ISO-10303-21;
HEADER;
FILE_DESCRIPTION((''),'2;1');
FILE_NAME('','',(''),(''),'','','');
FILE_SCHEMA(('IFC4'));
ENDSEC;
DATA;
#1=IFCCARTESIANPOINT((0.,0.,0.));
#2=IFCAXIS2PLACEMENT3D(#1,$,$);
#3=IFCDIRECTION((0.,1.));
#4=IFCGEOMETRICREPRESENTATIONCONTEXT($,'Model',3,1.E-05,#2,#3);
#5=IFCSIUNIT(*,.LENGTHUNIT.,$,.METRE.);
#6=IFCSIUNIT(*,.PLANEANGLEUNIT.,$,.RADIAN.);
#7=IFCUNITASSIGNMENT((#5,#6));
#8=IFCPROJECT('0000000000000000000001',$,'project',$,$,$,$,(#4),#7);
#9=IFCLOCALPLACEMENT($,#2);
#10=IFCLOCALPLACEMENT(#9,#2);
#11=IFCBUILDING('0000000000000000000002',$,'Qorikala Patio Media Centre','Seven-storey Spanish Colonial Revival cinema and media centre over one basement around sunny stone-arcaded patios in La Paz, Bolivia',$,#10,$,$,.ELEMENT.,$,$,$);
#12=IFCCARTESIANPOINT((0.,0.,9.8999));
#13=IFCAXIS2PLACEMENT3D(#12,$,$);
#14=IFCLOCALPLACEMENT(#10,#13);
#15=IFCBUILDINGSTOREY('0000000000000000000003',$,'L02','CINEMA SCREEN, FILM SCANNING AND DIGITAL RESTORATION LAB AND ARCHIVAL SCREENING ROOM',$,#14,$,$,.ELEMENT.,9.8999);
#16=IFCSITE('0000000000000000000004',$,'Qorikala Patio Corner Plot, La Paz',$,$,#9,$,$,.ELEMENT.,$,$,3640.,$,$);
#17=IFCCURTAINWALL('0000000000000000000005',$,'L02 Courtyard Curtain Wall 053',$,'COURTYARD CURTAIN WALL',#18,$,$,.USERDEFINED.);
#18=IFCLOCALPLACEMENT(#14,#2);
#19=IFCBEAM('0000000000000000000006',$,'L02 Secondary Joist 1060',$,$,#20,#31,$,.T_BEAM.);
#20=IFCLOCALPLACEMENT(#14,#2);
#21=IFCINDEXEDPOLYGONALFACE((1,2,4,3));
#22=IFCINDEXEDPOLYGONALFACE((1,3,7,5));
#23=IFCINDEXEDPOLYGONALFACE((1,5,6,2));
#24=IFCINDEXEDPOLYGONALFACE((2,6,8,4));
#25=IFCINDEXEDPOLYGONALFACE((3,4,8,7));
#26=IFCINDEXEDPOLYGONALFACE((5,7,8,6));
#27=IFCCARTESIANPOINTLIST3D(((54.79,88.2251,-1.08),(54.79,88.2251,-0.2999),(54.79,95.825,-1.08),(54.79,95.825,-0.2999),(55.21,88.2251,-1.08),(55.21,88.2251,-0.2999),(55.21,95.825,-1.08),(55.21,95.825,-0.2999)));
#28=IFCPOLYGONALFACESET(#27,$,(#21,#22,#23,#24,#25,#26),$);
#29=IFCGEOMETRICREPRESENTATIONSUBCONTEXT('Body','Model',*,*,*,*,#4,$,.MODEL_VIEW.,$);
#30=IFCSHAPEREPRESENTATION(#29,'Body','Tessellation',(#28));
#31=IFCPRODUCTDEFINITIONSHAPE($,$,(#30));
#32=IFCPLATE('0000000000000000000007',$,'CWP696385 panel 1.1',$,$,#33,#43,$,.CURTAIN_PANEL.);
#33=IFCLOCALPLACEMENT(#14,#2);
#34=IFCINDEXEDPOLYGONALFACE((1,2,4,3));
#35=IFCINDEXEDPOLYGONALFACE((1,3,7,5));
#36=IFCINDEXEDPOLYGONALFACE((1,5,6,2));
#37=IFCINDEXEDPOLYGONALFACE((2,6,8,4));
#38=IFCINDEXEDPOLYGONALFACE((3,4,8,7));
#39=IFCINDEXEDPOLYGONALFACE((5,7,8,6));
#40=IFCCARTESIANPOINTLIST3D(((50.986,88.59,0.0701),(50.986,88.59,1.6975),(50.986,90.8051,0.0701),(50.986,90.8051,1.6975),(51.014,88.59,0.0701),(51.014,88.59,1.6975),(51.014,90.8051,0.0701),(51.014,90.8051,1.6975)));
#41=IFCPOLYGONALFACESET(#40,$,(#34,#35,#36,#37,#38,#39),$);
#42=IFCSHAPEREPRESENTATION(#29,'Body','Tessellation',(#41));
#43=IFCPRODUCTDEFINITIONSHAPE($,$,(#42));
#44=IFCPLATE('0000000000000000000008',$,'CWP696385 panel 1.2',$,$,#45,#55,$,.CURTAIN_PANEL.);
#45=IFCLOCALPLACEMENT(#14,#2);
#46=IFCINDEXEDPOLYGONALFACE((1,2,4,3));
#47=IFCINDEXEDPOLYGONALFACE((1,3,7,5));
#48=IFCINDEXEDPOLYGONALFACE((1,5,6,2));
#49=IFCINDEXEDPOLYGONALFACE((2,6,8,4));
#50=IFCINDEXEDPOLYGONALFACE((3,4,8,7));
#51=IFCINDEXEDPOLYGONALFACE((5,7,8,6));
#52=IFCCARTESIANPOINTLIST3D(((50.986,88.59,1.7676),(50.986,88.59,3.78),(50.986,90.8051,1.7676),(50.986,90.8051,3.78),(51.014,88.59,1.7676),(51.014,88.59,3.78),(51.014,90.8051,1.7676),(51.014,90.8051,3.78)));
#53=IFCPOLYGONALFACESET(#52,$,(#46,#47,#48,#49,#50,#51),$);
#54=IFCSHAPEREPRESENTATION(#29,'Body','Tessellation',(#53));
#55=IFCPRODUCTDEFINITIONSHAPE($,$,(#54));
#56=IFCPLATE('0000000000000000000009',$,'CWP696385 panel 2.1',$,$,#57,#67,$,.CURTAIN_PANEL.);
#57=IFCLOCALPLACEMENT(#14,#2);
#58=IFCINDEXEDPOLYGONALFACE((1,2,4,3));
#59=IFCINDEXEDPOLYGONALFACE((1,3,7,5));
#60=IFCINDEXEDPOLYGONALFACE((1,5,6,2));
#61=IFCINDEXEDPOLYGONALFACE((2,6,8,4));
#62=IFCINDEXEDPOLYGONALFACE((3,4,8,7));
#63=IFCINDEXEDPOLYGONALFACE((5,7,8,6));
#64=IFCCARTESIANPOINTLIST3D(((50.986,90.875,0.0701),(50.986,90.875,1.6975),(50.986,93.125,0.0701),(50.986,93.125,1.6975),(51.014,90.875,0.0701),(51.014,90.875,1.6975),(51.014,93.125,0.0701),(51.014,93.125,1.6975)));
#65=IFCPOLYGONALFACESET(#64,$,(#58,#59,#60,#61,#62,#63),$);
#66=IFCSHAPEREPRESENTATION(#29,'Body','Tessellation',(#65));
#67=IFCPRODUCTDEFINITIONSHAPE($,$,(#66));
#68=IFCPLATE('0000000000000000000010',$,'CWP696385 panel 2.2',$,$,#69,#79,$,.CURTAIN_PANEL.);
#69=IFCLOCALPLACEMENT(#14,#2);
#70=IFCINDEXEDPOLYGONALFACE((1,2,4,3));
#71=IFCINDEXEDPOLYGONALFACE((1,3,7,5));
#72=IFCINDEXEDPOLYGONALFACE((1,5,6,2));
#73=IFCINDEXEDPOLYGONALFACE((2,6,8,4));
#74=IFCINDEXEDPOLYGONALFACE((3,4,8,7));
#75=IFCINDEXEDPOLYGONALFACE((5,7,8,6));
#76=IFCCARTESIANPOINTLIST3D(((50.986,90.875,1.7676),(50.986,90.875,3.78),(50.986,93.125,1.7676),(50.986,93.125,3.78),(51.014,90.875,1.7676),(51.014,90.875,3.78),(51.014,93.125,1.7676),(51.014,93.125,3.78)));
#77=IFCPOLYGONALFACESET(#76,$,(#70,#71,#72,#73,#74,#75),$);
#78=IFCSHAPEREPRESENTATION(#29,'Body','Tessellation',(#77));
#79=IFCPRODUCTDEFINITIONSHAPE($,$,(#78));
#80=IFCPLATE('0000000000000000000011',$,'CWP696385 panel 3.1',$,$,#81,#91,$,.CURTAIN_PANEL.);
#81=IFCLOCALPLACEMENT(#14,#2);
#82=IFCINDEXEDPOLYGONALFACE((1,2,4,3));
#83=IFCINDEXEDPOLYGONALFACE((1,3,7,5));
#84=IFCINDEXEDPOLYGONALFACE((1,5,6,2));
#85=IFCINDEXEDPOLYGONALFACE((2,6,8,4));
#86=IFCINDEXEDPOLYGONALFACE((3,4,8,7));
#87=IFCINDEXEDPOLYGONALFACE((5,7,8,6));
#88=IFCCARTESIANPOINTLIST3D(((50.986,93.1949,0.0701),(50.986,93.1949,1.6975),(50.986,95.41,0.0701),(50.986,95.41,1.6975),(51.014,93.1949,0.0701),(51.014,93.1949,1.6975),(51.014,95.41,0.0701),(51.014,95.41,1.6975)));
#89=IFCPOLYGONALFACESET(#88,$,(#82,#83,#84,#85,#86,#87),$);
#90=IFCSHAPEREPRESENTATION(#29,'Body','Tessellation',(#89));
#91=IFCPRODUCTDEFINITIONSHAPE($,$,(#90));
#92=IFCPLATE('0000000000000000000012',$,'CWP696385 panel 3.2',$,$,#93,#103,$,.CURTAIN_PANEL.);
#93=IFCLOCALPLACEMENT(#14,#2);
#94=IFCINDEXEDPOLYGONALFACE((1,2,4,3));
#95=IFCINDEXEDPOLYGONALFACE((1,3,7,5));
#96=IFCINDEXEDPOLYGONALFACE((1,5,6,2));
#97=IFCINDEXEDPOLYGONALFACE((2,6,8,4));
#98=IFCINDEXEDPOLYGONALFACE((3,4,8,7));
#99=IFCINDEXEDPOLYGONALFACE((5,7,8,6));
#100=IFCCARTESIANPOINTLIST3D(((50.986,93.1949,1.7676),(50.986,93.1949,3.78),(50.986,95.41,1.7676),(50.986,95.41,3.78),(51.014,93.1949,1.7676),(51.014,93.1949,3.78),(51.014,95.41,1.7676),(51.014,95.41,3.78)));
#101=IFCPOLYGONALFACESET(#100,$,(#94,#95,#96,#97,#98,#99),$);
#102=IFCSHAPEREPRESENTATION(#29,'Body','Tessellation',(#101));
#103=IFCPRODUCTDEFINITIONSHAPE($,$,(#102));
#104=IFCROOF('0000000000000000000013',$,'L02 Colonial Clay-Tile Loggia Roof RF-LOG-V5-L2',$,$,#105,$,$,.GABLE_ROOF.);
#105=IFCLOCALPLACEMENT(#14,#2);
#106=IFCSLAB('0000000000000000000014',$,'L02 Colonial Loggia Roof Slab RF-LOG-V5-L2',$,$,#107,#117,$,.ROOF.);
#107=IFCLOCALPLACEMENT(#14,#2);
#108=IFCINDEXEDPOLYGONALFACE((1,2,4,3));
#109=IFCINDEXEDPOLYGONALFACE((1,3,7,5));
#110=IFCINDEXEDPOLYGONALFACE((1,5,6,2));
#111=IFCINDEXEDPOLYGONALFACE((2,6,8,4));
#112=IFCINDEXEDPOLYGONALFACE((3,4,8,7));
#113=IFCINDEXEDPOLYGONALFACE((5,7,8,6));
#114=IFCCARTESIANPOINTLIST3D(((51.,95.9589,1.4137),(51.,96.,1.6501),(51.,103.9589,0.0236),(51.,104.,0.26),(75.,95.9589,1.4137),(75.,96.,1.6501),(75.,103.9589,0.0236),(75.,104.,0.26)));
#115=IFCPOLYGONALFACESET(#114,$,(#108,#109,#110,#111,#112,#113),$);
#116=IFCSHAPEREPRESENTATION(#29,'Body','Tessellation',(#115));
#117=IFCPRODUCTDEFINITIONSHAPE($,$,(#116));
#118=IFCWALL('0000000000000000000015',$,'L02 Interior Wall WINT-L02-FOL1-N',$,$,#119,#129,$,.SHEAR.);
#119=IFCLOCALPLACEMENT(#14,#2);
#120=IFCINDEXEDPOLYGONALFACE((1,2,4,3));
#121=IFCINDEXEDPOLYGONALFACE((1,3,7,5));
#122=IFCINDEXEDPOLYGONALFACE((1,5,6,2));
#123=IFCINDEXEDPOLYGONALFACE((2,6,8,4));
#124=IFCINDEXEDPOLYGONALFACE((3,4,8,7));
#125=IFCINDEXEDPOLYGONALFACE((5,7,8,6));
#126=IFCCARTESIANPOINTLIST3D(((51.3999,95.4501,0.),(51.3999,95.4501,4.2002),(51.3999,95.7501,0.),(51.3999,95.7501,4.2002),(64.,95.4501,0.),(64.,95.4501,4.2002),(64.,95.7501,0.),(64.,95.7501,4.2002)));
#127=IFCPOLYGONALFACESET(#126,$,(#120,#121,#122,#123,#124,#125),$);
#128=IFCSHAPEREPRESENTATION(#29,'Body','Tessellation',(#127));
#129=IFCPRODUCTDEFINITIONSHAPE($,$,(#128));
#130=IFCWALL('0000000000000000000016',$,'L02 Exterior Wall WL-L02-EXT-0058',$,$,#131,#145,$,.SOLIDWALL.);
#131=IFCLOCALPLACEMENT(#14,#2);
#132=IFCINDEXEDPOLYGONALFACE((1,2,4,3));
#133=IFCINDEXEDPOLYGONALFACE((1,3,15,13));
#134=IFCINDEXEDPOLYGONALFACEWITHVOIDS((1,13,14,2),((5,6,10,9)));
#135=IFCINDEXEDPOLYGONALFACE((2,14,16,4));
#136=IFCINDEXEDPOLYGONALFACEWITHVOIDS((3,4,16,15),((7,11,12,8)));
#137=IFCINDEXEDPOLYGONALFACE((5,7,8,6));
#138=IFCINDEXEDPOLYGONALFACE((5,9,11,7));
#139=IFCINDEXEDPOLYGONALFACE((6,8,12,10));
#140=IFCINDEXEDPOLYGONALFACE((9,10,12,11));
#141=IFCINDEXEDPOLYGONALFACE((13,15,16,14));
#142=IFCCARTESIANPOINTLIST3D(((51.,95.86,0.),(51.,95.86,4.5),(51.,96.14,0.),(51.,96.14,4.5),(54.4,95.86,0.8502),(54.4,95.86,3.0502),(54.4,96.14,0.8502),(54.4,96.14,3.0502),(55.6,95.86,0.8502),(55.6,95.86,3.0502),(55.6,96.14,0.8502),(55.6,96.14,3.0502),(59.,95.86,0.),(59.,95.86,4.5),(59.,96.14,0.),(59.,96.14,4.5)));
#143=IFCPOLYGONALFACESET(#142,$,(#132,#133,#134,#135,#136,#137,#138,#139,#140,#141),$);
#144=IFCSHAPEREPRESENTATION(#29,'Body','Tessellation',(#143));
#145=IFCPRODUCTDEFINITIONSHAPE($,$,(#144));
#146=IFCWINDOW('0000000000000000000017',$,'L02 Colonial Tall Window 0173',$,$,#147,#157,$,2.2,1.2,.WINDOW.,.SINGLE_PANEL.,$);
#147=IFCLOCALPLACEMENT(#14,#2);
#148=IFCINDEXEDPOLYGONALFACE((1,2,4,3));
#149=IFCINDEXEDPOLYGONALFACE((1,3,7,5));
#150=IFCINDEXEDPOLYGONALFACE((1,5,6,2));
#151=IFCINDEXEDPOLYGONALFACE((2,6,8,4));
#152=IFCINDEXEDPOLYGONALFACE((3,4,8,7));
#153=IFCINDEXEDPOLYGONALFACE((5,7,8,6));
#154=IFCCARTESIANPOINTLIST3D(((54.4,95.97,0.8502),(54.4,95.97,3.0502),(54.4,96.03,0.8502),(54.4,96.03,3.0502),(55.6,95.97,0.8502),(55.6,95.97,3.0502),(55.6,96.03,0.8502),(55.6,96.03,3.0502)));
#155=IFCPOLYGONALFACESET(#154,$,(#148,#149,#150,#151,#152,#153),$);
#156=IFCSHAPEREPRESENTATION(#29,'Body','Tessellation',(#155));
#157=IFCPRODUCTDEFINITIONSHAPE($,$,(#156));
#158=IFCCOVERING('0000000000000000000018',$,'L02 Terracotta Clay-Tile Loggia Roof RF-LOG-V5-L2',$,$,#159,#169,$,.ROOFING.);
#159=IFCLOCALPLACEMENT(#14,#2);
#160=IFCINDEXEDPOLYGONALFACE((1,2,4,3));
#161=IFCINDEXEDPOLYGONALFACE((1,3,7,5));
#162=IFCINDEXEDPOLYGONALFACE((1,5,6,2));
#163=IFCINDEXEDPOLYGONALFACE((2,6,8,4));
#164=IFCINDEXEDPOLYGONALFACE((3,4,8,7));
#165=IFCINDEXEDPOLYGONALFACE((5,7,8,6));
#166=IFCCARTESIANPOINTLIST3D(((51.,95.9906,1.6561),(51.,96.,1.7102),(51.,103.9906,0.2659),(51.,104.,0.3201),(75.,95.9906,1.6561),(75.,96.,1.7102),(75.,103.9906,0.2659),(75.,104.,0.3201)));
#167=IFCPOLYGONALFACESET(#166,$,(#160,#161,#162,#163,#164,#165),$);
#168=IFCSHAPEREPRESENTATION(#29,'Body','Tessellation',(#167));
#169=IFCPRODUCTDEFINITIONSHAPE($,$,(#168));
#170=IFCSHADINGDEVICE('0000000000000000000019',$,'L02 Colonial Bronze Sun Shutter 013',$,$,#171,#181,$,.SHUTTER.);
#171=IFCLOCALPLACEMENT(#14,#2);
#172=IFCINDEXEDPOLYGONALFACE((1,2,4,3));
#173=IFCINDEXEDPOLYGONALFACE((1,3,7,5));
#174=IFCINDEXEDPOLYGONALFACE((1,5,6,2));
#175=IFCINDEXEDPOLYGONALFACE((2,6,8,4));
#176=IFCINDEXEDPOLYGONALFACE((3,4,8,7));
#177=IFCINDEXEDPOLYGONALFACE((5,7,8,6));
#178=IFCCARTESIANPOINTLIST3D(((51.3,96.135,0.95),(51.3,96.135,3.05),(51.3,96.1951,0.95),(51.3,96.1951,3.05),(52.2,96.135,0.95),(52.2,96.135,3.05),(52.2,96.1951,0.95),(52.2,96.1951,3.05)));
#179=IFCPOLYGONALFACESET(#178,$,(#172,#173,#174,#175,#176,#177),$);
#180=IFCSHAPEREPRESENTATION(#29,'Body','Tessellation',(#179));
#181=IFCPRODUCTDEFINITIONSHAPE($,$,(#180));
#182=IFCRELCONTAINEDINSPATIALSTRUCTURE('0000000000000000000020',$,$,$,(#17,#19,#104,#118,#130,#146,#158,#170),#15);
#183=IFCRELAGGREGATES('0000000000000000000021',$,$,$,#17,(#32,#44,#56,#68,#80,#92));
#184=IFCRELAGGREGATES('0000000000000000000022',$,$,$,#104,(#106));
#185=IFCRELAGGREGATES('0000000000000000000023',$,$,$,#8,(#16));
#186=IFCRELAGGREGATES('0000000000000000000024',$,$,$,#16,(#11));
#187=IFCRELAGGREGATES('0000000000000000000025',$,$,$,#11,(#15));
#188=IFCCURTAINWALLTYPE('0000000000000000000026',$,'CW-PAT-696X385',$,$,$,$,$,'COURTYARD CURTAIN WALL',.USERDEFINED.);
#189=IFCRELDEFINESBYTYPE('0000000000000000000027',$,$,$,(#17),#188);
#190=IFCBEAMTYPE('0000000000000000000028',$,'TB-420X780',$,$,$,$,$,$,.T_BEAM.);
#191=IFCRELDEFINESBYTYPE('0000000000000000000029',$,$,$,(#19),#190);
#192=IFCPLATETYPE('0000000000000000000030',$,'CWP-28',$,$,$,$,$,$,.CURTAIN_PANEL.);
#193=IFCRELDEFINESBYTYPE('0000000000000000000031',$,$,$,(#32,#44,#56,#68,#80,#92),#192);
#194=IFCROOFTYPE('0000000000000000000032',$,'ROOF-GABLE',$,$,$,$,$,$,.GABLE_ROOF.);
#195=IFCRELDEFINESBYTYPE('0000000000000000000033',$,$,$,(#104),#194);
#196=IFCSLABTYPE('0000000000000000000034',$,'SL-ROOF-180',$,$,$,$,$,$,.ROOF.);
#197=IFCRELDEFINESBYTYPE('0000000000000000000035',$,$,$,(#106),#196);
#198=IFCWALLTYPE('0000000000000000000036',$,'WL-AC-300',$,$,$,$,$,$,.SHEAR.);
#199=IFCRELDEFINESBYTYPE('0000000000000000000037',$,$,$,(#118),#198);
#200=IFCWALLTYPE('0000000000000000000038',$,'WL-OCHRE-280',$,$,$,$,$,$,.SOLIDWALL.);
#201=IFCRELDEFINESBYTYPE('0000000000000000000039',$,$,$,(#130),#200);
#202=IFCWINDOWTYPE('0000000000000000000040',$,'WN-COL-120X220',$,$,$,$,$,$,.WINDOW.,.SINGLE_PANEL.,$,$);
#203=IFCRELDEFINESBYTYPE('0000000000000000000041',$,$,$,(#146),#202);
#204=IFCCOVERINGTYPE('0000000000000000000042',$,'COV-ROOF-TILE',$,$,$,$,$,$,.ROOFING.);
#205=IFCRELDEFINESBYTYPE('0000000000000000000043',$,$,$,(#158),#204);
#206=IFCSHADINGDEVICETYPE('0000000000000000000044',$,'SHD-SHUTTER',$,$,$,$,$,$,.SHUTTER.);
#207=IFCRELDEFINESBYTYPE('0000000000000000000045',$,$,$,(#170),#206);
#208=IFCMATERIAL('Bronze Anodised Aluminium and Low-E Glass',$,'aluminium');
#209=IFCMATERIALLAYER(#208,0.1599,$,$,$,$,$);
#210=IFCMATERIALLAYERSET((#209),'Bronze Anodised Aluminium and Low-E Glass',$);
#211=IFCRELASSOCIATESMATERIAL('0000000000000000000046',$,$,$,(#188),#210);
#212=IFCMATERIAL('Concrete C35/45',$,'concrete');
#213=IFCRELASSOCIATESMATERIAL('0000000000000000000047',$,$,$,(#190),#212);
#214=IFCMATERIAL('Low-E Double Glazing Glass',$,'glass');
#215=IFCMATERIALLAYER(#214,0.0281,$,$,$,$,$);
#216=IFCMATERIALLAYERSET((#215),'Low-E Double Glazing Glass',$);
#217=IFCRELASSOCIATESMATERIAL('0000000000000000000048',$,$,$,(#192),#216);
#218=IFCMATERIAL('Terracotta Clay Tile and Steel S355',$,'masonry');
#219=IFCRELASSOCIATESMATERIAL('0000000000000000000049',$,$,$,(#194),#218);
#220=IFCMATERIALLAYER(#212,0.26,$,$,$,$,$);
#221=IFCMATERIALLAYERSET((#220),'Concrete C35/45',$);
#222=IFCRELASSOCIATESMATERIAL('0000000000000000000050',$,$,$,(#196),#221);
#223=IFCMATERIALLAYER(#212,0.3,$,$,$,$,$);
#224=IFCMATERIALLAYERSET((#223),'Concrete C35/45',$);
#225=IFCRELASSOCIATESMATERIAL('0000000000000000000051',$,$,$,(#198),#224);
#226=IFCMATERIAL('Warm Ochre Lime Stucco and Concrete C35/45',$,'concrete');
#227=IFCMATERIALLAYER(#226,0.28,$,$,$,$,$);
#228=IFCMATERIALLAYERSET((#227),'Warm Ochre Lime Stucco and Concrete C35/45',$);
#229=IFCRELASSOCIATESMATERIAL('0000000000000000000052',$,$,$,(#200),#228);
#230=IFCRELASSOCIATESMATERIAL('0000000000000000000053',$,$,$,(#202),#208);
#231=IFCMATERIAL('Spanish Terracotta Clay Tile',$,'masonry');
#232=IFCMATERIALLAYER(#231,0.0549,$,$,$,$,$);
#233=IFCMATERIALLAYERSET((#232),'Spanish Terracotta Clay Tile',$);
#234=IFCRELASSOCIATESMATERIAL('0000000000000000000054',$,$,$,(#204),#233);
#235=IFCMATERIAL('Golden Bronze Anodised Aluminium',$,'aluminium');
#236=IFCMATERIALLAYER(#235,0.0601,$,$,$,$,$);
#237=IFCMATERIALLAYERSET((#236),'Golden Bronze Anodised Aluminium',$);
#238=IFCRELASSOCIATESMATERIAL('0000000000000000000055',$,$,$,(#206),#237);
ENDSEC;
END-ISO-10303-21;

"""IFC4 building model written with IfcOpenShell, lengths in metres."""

from ifc_helpers import new_model, si_unit, direction, frame, frame_2d, origin, origin_2d, place, context, subcontext, project, spatial, polyline, rectangle, outline, extrude, material, layer, layer_set, material_profile, profile_set, type_object, element, fill, aggregate, save


model = new_model("IFC4")

# Units and contexts
model_context = context("Model", 3, precision=1e-05, world=origin(), true_north=direction((0.0, 1.0)))
body_context = subcontext(model_context, "Body", "Model", "MODEL_VIEW")
ifc_project = project(units=[si_unit("LENGTHUNIT", "METRE"), si_unit("PLANEANGLEUNIT", "RADIAN")], contexts=[model_context])

# Site, building, storey
site_placement = place(None, origin())
site = spatial("IfcSite", under=ifc_project, at=site_placement, Name="Qorikala Patio Corner Plot, La Paz", CompositionType="ELEMENT", RefElevation=3640.0)
building_placement = place(site_placement, origin())
building = spatial("IfcBuilding", under=site, at=building_placement, Name="Qorikala Patio Media Centre", Description="Seven-storey Spanish Colonial Revival cinema and media centre over one basement around sunny stone-arcaded patios in La Paz, Bolivia", CompositionType="ELEMENT")
storey_placement = place(building_placement, frame((0.0, 0.0, 9.8999)))
storey = spatial("IfcBuildingStorey", under=building, at=storey_placement, Name="L02", Description="CINEMA SCREEN, FILM SCANNING AND DIGITAL RESTORATION LAB AND ARCHIVAL SCREENING ROOM", CompositionType="ELEMENT", Elevation=9.8999)

# Shared definitions
ifc_material_1 = material(Name="Concrete C35/45", Category="concrete")

# Curtain wall
ifc_material_2 = material(Name="Bronze Anodised Aluminium and Low-E Glass", Category="aluminium")
ifc_layer_1 = layer(ifc_material_2, 0.1599)
ifc_layer_set_1 = layer_set([ifc_layer_1], Name="Bronze Anodised Aluminium and Low-E Glass")
curtain_wall_type = type_object("IfcCurtainWallType", Name="CW-PAT-696X385", ElementType="COURTYARD CURTAIN WALL", PredefinedType="USERDEFINED", material=ifc_layer_set_1)
curtain_wall_placement = place(storey_placement, origin())
curtain_wall = element("IfcCurtainWall", 1, at=curtain_wall_placement, inside=storey, type_object=curtain_wall_type, Name="L02 Courtyard Curtain Wall 053", ObjectType="COURTYARD CURTAIN WALL", PredefinedType="USERDEFINED")

# Beam
ifc_material_profile_1 = material_profile(ifc_material_1, rectangle(XDim=0.4199, YDim=0.78, at=origin_2d()), Name="RC 420x780")
ifc_profile_set_1 = profile_set([ifc_material_profile_1], Name="Concrete C35/45")
beam_type_1 = type_object("IfcBeamType", Name="TB-420X780", PredefinedType="T_BEAM", material=ifc_profile_set_1)
beam_1_placement = place(storey_placement, frame((55.0, 88.2251, -0.6899), z_axis=(0.0, 1.0, 0.0), x_axis=(-1.0, 0.0, 0.0)))
element("IfcBeam", 2, at=beam_1_placement, inside=storey, type_object=beam_type_1, Name="L02 Secondary Joist 1060", PredefinedType="T_BEAM", context=body_context, shape_type="SweptSolid", body=[
    extrude(rectangle(XDim=0.4199, YDim=0.78, at=origin_2d()), origin(), (0.0, 0.0, 1.0), 7.5999),
])

# Plates
ifc_material_3 = material(Name="Low-E Double Glazing Glass", Category="glass")
ifc_layer_2 = layer(ifc_material_3, 0.0281)
ifc_layer_set_2 = layer_set([ifc_layer_2], Name="Low-E Double Glazing Glass")
plate_type = type_object("IfcPlateType", Name="CWP-28", PredefinedType="CURTAIN_PANEL", material=ifc_layer_set_2)
plate_1_placement = place(storey_placement, frame((51.0, 89.6975, 0.0701), z_axis=(0.0, 0.0, 1.0), x_axis=(0.0, 1.0, 0.0)))
plate_1 = element("IfcPlate", 3, at=plate_1_placement, type_object=plate_type, Name="CWP696385 panel 1.1", PredefinedType="CURTAIN_PANEL", context=body_context, shape_type="SweptSolid", body=[
    extrude(rectangle(XDim=2.2151, YDim=0.0281, at=origin_2d()), origin(), (0.0, 0.0, 1.0), 1.6274),
])
plate_2_placement = place(storey_placement, frame((51.0, 89.6975, 1.7676), z_axis=(0.0, 0.0, 1.0), x_axis=(0.0, 1.0, 0.0)))
plate_2 = element("IfcPlate", 4, at=plate_2_placement, type_object=plate_type, Name="CWP696385 panel 1.2", PredefinedType="CURTAIN_PANEL", context=body_context, shape_type="SweptSolid", body=[
    extrude(rectangle(XDim=2.2151, YDim=0.0281, at=origin_2d()), origin(), (0.0, 0.0, 1.0), 2.0125),
])
plate_3_placement = place(storey_placement, frame((51.0, 92.0, 0.0701), z_axis=(0.0, 0.0, 1.0), x_axis=(0.0, 1.0, 0.0)))
plate_3 = element("IfcPlate", 5, at=plate_3_placement, type_object=plate_type, Name="CWP696385 panel 2.1", PredefinedType="CURTAIN_PANEL", context=body_context, shape_type="SweptSolid", body=[
    extrude(rectangle(XDim=2.25, YDim=0.0281, at=origin_2d()), origin(), (0.0, 0.0, 1.0), 1.6274),
])
plate_4_placement = place(storey_placement, frame((51.0, 92.0, 1.7676), z_axis=(0.0, 0.0, 1.0), x_axis=(0.0, 1.0, 0.0)))
plate_4 = element("IfcPlate", 6, at=plate_4_placement, type_object=plate_type, Name="CWP696385 panel 2.2", PredefinedType="CURTAIN_PANEL", context=body_context, shape_type="SweptSolid", body=[
    extrude(rectangle(XDim=2.25, YDim=0.0281, at=origin_2d()), origin(), (0.0, 0.0, 1.0), 2.0125),
])
plate_5_placement = place(storey_placement, frame((51.0, 94.3025, 0.0701), z_axis=(0.0, 0.0, 1.0), x_axis=(0.0, 1.0, 0.0)))
plate_5 = element("IfcPlate", 7, at=plate_5_placement, type_object=plate_type, Name="CWP696385 panel 3.1", PredefinedType="CURTAIN_PANEL", context=body_context, shape_type="SweptSolid", body=[
    extrude(rectangle(XDim=2.2151, YDim=0.0281, at=origin_2d()), origin(), (0.0, 0.0, 1.0), 1.6274),
])
plate_6_placement = place(storey_placement, frame((51.0, 94.3025, 1.7676), z_axis=(0.0, 0.0, 1.0), x_axis=(0.0, 1.0, 0.0)))
plate_6 = element("IfcPlate", 8, at=plate_6_placement, type_object=plate_type, Name="CWP696385 panel 3.2", PredefinedType="CURTAIN_PANEL", context=body_context, shape_type="SweptSolid", body=[
    extrude(rectangle(XDim=2.2151, YDim=0.0281, at=origin_2d()), origin(), (0.0, 0.0, 1.0), 2.0125),
])
aggregate(curtain_wall, [plate_1, plate_2, plate_3, plate_4, plate_5, plate_6])

# Roof, slab
ifc_material_4 = material(Name="Terracotta Clay Tile and Steel S355", Category="masonry")
roof_type = type_object("IfcRoofType", Name="ROOF-GABLE", PredefinedType="GABLE_ROOF", material=ifc_material_4)
roof_placement = place(storey_placement, origin())
roof = element("IfcRoof", 9, at=roof_placement, inside=storey, type_object=roof_type, Name="L02 Colonial Clay-Tile Loggia Roof RF-LOG-V5-L2", PredefinedType="GABLE_ROOF")
ifc_layer_3 = layer(ifc_material_1, 0.26)
ifc_layer_set_3 = layer_set([ifc_layer_3], Name="Concrete C35/45")
slab_type = type_object("IfcSlabType", Name="SL-ROOF-180", PredefinedType="ROOF", material=ifc_layer_set_3)
slab_placement = place(storey_placement, frame((51.0, 104.0, 0.26), z_axis=(0.0, 0.171202, 0.985236), x_axis=(1.0, 0.0, 0.0)))
slab = element("IfcSlab", 10, at=slab_placement, type_object=slab_type, Name="L02 Colonial Loggia Roof Slab RF-LOG-V5-L2", PredefinedType="ROOF", context=body_context, shape_type="SweptSolid", body=[
    extrude(outline(polyline([(0.0, 0.0), (24.0, 0.0), (24.0, -8.1199), (0.0, -8.1199), (0.0, 0.0)])), origin(), (0.0, 0.0, -1.0), 0.24),
])
aggregate(roof, [slab])

# Wall
ifc_layer_4 = layer(ifc_material_1, 0.3)
ifc_layer_set_4 = layer_set([ifc_layer_4], Name="Concrete C35/45")
wall_type_1 = type_object("IfcWallType", Name="WL-AC-300", PredefinedType="SHEAR", material=ifc_layer_set_4)
wall_1_placement = place(storey_placement, frame((51.3999, 95.6001, 0.0), z_axis=(0.0, 0.0, 1.0), x_axis=(1.0, 0.0, 0.0)))
element("IfcWall", 11, at=wall_1_placement, inside=storey, type_object=wall_type_1, Name="L02 Interior Wall WINT-L02-FOL1-N", PredefinedType="SHEAR", context=body_context, shape_type="SweptSolid", body=[
    extrude(rectangle(XDim=12.6001, YDim=0.3, at=frame_2d((6.3, 0.0))), origin(), (0.0, 0.0, 1.0), 4.2002),
])

# Wall, opening, window
ifc_material_5 = material(Name="Warm Ochre Lime Stucco and Concrete C35/45", Category="concrete")
ifc_layer_5 = layer(ifc_material_5, 0.28)
ifc_layer_set_5 = layer_set([ifc_layer_5], Name="Warm Ochre Lime Stucco and Concrete C35/45")
wall_type_2 = type_object("IfcWallType", Name="WL-OCHRE-280", PredefinedType="SOLIDWALL", material=ifc_layer_set_5)
wall_2_placement = place(storey_placement, frame((51.0, 96.0, 0.0), z_axis=(0.0, 0.0, 1.0), x_axis=(1.0, 0.0, 0.0)))
wall_2 = element("IfcWall", 12, at=wall_2_placement, inside=storey, type_object=wall_type_2, Name="L02 Exterior Wall WL-L02-EXT-0058", PredefinedType="SOLIDWALL", context=body_context, shape_type="SweptSolid", body=[
    extrude(rectangle(XDim=8.0, YDim=0.28, at=frame_2d((4.0, 0.0))), origin(), (0.0, 0.0, 1.0), 4.5),
])
opening_placement = place(wall_2_placement, frame((3.3999, 0.0, 0.8501)))
opening = element("IfcOpeningElement", 13, at=opening_placement, cuts=wall_2, PredefinedType="OPENING", context=body_context, shape_type="SweptSolid", body=[
    extrude(rectangle(XDim=1.2, YDim=2.2, at=frame_2d((0.6001, 1.1001))), frame((0.0, 0.1499, 0.0), z_axis=(0.0, -1.0, 0.0), x_axis=(1.0, 0.0, 0.0)), (0.0, 0.0, 1.0), 0.3),
])
window_type = type_object("IfcWindowType", Name="WN-COL-120X220", PartitioningType="SINGLE_PANEL", PredefinedType="WINDOW", material=ifc_material_2)
window_placement = place(opening_placement, origin())
window = element("IfcWindow", 14, at=window_placement, inside=storey, type_object=window_type, Name="L02 Colonial Tall Window 0173", OverallHeight=2.2, OverallWidth=1.2, PartitioningType="SINGLE_PANEL", PredefinedType="WINDOW", context=body_context, shape_type="SweptSolid", body=[
    extrude(rectangle(XDim=1.2, YDim=2.2, at=frame_2d((0.6001, 1.1001))), frame((0.0, 0.03, 0.0), z_axis=(0.0, -1.0, 0.0), x_axis=(1.0, 0.0, 0.0)), (0.0, 0.0, 1.0), 0.0601),
])
fill(opening, window)

# Covering
ifc_material_6 = material(Name="Spanish Terracotta Clay Tile", Category="masonry")
ifc_layer_6 = layer(ifc_material_6, 0.0549)
ifc_layer_set_6 = layer_set([ifc_layer_6], Name="Spanish Terracotta Clay Tile")
covering_type = type_object("IfcCoveringType", Name="COV-ROOF-TILE", PredefinedType="ROOFING", material=ifc_layer_set_6)
covering_placement = place(storey_placement, frame((51.0, 104.0, 0.3201), z_axis=(0.0, 0.171202, 0.985236), x_axis=(1.0, 0.0, 0.0)))
element("IfcCovering", 15, at=covering_placement, inside=storey, type_object=covering_type, Name="L02 Terracotta Clay-Tile Loggia Roof RF-LOG-V5-L2", PredefinedType="ROOFING", context=body_context, shape_type="SweptSolid", body=[
    extrude(outline(polyline([(0.0, 0.0), (24.0, 0.0), (24.0, -8.1199), (0.0, -8.1199), (0.0, 0.0)])), origin(), (0.0, 0.0, -1.0), 0.0549),
])

# Shading device
ifc_material_7 = material(Name="Golden Bronze Anodised Aluminium", Category="aluminium")
ifc_layer_7 = layer(ifc_material_7, 0.0601)
ifc_layer_set_7 = layer_set([ifc_layer_7], Name="Golden Bronze Anodised Aluminium")
shading_device_type = type_object("IfcShadingDeviceType", Name="SHD-SHUTTER", PredefinedType="SHUTTER", material=ifc_layer_set_7)
shading_device_placement = place(storey_placement, frame((51.75, 96.165, 0.95), z_axis=(0.0, 0.0, 1.0), x_axis=(1.0, 0.0, 0.0)))
element("IfcShadingDevice", 16, at=shading_device_placement, inside=storey, type_object=shading_device_type, Name="L02 Colonial Bronze Sun Shutter 013", PredefinedType="SHUTTER", context=body_context, shape_type="SweptSolid", body=[
    extrude(rectangle(XDim=0.8999, YDim=0.0601, at=origin_2d()), origin(), (0.0, 0.0, 1.0), 2.1001),
])

save(model, "model.ifc")
